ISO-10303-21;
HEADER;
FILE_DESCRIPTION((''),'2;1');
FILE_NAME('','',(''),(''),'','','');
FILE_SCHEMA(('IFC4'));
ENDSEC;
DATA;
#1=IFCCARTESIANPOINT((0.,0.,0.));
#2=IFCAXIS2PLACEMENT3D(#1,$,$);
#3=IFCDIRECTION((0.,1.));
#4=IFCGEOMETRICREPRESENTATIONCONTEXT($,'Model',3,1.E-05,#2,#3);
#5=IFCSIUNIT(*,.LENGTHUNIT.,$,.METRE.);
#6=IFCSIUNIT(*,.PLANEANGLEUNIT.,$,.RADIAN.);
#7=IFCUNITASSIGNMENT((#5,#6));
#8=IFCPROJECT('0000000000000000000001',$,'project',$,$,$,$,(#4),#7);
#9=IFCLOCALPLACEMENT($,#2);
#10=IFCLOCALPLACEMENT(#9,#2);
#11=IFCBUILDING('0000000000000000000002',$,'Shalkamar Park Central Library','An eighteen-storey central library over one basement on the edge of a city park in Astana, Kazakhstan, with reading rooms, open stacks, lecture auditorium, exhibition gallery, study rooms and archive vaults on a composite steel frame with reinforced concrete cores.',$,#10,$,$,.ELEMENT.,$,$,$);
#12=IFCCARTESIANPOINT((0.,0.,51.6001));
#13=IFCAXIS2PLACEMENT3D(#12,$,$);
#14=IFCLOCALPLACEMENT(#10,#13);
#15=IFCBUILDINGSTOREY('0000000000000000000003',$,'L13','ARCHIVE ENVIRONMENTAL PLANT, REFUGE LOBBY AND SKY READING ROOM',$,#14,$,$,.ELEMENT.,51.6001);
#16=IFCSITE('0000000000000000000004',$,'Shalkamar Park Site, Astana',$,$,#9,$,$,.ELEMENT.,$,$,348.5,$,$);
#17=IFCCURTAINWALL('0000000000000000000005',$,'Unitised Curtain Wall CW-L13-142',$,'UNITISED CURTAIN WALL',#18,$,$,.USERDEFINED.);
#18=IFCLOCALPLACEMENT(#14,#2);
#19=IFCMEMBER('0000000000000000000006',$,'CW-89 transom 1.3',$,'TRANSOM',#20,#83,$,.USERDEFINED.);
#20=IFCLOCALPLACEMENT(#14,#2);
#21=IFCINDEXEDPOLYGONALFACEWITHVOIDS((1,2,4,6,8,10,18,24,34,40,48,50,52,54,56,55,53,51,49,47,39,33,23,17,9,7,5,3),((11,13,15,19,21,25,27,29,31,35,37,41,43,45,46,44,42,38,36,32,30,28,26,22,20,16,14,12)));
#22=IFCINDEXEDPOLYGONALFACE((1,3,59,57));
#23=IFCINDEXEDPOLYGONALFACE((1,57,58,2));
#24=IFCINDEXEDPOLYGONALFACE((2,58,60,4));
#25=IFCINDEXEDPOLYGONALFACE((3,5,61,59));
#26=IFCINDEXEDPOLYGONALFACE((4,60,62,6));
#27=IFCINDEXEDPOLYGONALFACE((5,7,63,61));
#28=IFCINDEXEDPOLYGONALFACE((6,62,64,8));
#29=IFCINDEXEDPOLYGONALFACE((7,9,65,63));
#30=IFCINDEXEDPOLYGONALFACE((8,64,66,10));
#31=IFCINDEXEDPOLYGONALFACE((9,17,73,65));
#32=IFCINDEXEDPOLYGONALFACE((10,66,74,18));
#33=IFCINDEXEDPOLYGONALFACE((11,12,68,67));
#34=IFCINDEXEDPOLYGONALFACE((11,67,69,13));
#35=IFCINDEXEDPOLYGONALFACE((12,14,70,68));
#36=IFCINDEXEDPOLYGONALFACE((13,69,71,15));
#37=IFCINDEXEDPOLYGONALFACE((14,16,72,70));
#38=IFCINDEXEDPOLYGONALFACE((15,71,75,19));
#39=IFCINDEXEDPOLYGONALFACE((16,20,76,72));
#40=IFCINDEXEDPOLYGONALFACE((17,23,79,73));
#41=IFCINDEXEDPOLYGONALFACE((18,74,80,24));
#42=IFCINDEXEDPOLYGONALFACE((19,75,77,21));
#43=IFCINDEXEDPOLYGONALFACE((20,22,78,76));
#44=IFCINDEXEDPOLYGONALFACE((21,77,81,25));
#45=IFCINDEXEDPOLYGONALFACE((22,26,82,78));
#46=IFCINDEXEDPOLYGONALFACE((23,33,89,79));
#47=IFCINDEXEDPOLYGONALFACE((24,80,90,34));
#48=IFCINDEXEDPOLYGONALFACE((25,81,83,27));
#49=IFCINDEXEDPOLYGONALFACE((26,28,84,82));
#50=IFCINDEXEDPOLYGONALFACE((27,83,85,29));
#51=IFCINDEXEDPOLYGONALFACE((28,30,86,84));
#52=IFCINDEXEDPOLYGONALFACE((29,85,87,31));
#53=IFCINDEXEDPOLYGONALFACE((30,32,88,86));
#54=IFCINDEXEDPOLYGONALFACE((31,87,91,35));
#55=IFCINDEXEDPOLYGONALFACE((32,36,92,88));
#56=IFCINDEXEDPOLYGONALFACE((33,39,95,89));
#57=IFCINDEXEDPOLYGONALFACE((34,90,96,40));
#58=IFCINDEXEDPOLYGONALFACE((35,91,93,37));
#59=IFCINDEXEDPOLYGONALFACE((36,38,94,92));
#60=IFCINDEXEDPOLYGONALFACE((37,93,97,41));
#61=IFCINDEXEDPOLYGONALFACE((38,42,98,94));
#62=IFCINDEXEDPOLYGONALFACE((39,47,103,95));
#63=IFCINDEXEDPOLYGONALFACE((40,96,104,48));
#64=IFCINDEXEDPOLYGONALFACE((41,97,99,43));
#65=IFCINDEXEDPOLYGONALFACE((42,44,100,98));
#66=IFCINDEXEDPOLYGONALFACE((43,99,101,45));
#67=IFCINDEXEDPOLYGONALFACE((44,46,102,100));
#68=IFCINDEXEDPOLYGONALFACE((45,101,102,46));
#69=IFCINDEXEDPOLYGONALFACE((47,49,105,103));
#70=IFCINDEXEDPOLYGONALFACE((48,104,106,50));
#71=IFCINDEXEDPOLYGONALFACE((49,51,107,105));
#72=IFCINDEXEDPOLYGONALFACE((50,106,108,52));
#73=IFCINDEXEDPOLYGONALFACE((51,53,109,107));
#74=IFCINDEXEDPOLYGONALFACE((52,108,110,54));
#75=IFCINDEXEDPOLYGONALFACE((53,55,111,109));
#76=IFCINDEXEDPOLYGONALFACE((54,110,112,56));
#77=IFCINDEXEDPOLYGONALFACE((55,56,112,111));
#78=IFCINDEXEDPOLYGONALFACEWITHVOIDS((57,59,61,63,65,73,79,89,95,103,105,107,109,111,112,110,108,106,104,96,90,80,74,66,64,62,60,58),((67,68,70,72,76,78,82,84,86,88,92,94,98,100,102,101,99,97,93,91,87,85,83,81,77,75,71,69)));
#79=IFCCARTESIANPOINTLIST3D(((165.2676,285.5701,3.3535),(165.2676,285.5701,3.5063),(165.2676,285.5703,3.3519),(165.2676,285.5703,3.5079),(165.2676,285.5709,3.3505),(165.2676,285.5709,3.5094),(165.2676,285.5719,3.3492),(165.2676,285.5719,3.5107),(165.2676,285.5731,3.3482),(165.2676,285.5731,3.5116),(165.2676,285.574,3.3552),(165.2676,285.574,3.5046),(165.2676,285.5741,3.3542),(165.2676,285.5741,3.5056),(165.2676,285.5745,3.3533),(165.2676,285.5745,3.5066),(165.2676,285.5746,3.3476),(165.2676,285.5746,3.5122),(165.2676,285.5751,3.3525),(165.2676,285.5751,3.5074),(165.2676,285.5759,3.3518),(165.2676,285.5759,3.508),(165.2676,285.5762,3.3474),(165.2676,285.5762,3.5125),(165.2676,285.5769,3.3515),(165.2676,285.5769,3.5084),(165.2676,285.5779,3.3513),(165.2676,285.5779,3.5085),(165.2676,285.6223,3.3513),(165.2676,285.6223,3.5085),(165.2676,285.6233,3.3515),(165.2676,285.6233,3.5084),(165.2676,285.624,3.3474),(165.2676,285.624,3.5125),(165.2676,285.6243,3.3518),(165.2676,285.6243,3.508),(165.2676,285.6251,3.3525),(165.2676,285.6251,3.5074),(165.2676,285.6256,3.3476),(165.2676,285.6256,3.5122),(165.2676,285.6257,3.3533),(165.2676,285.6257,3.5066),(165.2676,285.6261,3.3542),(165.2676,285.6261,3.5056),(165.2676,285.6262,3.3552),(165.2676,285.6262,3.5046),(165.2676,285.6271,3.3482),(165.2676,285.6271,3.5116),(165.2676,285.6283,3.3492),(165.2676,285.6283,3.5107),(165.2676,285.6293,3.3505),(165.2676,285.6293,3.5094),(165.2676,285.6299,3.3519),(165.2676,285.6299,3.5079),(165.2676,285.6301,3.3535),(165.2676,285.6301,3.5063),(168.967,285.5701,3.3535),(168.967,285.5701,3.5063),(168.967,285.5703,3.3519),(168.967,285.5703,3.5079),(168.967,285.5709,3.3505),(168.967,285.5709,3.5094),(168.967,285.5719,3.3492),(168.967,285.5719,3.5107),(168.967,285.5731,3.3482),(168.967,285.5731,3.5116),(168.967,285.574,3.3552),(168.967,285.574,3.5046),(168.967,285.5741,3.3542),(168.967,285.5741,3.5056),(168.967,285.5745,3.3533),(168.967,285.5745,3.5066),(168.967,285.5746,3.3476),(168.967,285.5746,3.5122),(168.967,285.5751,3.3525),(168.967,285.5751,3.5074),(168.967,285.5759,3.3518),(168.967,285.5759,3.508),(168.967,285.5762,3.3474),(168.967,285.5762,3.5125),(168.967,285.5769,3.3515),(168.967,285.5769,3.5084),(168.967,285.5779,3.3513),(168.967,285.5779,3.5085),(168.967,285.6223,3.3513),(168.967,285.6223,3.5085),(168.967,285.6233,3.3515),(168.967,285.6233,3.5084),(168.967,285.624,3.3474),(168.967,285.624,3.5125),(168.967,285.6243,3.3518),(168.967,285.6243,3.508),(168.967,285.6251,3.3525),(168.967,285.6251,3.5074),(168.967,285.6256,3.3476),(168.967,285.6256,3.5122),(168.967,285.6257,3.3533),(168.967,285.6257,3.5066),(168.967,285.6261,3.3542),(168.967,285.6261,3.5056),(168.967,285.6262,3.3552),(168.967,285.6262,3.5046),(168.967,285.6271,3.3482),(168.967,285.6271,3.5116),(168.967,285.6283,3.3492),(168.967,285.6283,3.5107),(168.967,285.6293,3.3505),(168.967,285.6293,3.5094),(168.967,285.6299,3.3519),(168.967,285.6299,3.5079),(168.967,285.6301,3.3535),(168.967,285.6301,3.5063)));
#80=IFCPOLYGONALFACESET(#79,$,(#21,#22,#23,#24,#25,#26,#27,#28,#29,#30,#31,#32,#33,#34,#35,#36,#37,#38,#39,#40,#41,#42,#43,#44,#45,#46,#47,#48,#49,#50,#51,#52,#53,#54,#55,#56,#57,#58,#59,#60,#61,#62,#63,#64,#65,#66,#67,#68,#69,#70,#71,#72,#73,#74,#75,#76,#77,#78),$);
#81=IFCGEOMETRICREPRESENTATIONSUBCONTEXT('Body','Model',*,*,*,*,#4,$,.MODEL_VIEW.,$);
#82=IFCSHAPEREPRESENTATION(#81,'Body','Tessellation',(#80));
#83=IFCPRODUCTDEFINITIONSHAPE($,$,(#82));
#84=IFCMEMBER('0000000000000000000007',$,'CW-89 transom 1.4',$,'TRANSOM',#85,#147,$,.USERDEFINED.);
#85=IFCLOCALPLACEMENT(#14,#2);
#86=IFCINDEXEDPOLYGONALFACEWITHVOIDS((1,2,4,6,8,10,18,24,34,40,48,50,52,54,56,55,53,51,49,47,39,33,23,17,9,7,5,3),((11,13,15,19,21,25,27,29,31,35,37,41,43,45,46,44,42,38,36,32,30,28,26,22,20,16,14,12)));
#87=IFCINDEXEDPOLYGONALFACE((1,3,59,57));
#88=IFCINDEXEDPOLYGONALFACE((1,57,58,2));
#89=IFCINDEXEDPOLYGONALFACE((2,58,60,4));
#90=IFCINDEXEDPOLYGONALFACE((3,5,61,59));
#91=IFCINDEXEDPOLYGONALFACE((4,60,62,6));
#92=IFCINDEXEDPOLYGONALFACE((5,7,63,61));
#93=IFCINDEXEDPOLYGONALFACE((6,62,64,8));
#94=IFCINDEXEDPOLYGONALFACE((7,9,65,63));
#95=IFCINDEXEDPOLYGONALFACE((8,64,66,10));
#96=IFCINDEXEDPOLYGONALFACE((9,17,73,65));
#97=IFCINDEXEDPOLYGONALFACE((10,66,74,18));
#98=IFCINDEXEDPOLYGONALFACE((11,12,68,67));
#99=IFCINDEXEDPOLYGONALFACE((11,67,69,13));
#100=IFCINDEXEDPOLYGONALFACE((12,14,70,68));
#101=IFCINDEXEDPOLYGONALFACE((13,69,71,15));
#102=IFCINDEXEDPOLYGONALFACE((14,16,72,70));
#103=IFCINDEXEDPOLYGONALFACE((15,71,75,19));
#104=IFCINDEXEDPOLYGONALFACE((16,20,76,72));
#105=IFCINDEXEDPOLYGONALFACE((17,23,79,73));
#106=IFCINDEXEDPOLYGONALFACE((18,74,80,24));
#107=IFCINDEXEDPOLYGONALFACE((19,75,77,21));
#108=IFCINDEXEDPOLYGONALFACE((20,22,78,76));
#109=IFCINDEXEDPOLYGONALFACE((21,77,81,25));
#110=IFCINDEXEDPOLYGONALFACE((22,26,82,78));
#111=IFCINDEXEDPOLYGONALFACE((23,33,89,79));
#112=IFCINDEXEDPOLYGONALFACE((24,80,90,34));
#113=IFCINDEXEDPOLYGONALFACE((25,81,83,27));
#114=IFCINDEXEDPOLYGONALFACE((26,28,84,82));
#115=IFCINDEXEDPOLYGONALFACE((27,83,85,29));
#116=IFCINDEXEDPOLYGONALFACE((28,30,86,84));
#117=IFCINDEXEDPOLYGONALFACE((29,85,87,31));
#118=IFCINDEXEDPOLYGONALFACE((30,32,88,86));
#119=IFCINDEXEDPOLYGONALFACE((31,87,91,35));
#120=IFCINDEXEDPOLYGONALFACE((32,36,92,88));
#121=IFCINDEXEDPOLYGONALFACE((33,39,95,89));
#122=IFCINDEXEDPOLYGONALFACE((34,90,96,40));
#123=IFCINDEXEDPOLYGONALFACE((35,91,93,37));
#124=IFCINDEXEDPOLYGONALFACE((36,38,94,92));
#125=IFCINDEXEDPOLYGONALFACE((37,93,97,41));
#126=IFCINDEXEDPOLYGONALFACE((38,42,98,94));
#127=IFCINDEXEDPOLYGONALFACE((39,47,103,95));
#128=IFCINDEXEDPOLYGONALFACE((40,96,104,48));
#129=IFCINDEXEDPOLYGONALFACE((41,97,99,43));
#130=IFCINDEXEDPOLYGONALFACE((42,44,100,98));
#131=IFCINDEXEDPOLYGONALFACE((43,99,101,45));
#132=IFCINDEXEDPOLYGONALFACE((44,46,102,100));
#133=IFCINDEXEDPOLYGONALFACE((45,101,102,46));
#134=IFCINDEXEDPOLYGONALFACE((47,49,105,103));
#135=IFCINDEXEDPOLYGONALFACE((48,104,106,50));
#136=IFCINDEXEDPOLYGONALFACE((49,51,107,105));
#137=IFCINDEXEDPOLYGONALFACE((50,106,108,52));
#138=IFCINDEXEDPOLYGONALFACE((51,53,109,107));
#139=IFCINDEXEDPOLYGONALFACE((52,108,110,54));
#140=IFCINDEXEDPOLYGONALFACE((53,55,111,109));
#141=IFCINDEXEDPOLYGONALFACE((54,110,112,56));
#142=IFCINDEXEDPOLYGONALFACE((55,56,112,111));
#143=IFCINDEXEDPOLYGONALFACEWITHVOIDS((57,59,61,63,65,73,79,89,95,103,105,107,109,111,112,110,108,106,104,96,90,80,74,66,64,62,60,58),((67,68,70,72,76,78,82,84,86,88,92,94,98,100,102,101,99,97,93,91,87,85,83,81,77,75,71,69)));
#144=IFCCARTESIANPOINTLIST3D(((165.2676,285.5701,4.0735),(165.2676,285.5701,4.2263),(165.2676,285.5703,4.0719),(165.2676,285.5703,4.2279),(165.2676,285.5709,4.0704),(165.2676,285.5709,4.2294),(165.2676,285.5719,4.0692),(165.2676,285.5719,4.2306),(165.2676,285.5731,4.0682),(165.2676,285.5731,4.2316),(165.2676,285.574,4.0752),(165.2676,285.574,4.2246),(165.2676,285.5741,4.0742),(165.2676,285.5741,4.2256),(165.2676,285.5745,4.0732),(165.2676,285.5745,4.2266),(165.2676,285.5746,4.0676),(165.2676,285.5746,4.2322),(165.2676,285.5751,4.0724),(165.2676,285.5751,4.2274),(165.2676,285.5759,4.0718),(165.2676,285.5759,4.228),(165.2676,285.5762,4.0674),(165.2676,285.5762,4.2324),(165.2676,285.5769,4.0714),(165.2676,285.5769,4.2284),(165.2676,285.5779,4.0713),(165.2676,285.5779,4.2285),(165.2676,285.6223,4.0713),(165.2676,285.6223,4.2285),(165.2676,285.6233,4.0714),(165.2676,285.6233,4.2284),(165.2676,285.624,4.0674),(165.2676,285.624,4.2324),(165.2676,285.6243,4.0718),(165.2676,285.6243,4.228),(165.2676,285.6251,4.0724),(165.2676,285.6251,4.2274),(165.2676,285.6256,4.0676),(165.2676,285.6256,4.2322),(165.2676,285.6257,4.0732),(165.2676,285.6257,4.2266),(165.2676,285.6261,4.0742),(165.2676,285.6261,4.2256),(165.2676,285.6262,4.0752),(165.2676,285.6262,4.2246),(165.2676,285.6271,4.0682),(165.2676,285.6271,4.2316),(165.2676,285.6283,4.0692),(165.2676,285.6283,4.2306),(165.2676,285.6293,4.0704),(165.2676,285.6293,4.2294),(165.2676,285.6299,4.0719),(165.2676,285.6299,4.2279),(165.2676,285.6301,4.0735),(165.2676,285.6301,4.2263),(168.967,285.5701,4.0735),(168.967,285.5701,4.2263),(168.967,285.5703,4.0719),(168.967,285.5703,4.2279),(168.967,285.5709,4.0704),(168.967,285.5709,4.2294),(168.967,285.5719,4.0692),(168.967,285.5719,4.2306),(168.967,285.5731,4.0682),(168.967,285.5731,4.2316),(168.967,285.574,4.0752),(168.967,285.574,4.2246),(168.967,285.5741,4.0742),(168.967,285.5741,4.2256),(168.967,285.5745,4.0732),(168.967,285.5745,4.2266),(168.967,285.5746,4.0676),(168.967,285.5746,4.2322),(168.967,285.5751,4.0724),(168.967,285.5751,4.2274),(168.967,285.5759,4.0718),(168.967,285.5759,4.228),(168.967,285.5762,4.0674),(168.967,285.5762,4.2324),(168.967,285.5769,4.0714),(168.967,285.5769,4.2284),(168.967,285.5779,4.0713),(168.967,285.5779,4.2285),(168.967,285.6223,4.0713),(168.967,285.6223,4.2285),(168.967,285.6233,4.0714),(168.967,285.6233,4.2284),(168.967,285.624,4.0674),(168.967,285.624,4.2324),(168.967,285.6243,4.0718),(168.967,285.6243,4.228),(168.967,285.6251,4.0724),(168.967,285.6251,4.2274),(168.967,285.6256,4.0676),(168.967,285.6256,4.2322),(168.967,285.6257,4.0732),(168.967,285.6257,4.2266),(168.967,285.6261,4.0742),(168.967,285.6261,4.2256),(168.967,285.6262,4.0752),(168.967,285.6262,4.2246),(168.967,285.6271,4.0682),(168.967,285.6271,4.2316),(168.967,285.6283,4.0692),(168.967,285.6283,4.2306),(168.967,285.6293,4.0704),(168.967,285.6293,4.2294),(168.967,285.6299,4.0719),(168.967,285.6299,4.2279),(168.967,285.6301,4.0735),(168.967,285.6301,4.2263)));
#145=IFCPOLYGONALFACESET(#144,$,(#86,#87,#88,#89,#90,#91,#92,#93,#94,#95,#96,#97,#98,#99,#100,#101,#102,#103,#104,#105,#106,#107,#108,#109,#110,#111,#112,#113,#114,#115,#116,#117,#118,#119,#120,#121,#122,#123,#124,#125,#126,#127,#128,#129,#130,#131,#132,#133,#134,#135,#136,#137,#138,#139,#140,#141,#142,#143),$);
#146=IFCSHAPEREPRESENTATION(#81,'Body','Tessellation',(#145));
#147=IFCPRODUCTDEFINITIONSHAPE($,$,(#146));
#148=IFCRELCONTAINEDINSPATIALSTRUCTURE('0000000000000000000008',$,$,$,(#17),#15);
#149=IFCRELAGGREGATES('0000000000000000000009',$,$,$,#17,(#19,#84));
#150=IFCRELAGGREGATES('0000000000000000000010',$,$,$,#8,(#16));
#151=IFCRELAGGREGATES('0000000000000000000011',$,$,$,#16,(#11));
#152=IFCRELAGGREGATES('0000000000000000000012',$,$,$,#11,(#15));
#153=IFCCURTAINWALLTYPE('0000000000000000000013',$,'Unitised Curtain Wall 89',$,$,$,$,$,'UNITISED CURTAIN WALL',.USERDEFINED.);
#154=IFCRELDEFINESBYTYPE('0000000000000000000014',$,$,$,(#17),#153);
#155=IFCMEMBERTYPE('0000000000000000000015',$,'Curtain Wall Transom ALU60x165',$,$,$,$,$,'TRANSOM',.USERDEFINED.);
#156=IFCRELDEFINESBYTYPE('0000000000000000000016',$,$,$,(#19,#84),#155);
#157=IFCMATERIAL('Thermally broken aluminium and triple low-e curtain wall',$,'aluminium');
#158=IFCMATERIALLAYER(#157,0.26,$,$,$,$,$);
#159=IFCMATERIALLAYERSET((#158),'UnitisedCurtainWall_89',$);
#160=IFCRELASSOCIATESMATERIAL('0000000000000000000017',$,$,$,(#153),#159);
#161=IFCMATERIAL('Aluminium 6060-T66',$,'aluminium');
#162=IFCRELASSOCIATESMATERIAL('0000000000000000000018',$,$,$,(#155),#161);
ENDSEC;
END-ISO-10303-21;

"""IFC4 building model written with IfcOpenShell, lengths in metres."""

from ifc_helpers import new_model, si_unit, direction, frame, origin, origin_2d, place, context, subcontext, project, spatial, hollow_rectangle, extrude, material, layer, layer_set, material_profile, profile_set, type_object, element, aggregate, save


model = new_model("IFC4")

# Units and contexts
model_context = context("Model", 3, precision=1e-05, world=origin(), true_north=direction((0.0, 1.0)))
body_context = subcontext(model_context, "Body", "Model", "MODEL_VIEW")
ifc_project = project(units=[si_unit("LENGTHUNIT", "METRE"), si_unit("PLANEANGLEUNIT", "RADIAN")], contexts=[model_context])

# Site, building, storey
site_placement = place(None, origin())
site = spatial("IfcSite", under=ifc_project, at=site_placement, Name="Shalkamar Park Site, Astana", CompositionType="ELEMENT", RefElevation=348.5)
building_placement = place(site_placement, origin())
building = spatial("IfcBuilding", under=site, at=building_placement, Name="Shalkamar Park Central Library", Description="An eighteen-storey central library over one basement on the edge of a city park in Astana, Kazakhstan, with reading rooms, open stacks, lecture auditorium, exhibition gallery, study rooms and archive vaults on a composite steel frame with reinforced concrete cores.", CompositionType="ELEMENT")
storey_placement = place(building_placement, frame((0.0, 0.0, 51.6001)))
storey = spatial("IfcBuildingStorey", under=building, at=storey_placement, Name="L13", Description="ARCHIVE ENVIRONMENTAL PLANT, REFUGE LOBBY AND SKY READING ROOM", CompositionType="ELEMENT", Elevation=51.6001)

# Curtain wall
ifc_material_1 = material(Name="Thermally broken aluminium and triple low-e curtain wall", Category="aluminium")
ifc_layer_1 = layer(ifc_material_1, 0.26)
ifc_layer_set_1 = layer_set([ifc_layer_1], Name="UnitisedCurtainWall_89")
curtain_wall_type_1 = type_object("IfcCurtainWallType", Name="Unitised Curtain Wall 89", ElementType="UNITISED CURTAIN WALL", PredefinedType="USERDEFINED", material=ifc_layer_set_1)
curtain_wall_1_placement = place(storey_placement, origin())
curtain_wall_1 = element("IfcCurtainWall", 1, at=curtain_wall_1_placement, inside=storey, type_object=curtain_wall_type_1, Name="Unitised Curtain Wall CW-L13-142", ObjectType="UNITISED CURTAIN WALL", PredefinedType="USERDEFINED")
ifc_material_2 = material(Name="Aluminium 6060-T66", Category="aluminium")

# Members
ifc_material_profile_1 = material_profile(ifc_material_2, hollow_rectangle(XDim=0.0601, YDim=0.165, WallThickness=0.0039, InnerFilletRadius=0.0039, OuterFilletRadius=0.0061, at=origin_2d()), Name="ALU 60x165x4")
ifc_profile_set_1 = profile_set([ifc_material_profile_1], Name="Aluminium 6060-T66")
member_type_1 = type_object("IfcMemberType", Name="Curtain Wall Transom ALU60x165", ElementType="TRANSOM", PredefinedType="USERDEFINED", material=ifc_profile_set_1)
member_1_placement = place(storey_placement, frame((165.2676, 285.6001, 3.4299), z_axis=(1.0, 0.0, 0.0), x_axis=(0.0, 1.0, 0.0)))
member_1 = element("IfcMember", 2, at=member_1_placement, type_object=member_type_1, Name="CW-89 transom 1.3", ObjectType="TRANSOM", PredefinedType="USERDEFINED", context=body_context, shape_type="SweptSolid", body=[
    extrude(hollow_rectangle(XDim=0.0601, YDim=0.165, WallThickness=0.0039, InnerFilletRadius=0.0039, OuterFilletRadius=0.0061, at=origin_2d()), origin(), (0.0, 0.0, 1.0), 3.6995),
])
member_2_placement = place(storey_placement, frame((165.2676, 285.6001, 4.1499), z_axis=(1.0, 0.0, 0.0), x_axis=(0.0, 1.0, 0.0)))
member_2 = element("IfcMember", 3, at=member_2_placement, type_object=member_type_1, Name="CW-89 transom 1.4", ObjectType="TRANSOM", PredefinedType="USERDEFINED", context=body_context, shape_type="SweptSolid", body=[
    extrude(hollow_rectangle(XDim=0.0601, YDim=0.165, WallThickness=0.0039, InnerFilletRadius=0.0039, OuterFilletRadius=0.0061, at=origin_2d()), origin(), (0.0, 0.0, 1.0), 3.6995),
])

aggregate(curtain_wall_1, [member_1, member_2])

save(model, "model.ifc")
